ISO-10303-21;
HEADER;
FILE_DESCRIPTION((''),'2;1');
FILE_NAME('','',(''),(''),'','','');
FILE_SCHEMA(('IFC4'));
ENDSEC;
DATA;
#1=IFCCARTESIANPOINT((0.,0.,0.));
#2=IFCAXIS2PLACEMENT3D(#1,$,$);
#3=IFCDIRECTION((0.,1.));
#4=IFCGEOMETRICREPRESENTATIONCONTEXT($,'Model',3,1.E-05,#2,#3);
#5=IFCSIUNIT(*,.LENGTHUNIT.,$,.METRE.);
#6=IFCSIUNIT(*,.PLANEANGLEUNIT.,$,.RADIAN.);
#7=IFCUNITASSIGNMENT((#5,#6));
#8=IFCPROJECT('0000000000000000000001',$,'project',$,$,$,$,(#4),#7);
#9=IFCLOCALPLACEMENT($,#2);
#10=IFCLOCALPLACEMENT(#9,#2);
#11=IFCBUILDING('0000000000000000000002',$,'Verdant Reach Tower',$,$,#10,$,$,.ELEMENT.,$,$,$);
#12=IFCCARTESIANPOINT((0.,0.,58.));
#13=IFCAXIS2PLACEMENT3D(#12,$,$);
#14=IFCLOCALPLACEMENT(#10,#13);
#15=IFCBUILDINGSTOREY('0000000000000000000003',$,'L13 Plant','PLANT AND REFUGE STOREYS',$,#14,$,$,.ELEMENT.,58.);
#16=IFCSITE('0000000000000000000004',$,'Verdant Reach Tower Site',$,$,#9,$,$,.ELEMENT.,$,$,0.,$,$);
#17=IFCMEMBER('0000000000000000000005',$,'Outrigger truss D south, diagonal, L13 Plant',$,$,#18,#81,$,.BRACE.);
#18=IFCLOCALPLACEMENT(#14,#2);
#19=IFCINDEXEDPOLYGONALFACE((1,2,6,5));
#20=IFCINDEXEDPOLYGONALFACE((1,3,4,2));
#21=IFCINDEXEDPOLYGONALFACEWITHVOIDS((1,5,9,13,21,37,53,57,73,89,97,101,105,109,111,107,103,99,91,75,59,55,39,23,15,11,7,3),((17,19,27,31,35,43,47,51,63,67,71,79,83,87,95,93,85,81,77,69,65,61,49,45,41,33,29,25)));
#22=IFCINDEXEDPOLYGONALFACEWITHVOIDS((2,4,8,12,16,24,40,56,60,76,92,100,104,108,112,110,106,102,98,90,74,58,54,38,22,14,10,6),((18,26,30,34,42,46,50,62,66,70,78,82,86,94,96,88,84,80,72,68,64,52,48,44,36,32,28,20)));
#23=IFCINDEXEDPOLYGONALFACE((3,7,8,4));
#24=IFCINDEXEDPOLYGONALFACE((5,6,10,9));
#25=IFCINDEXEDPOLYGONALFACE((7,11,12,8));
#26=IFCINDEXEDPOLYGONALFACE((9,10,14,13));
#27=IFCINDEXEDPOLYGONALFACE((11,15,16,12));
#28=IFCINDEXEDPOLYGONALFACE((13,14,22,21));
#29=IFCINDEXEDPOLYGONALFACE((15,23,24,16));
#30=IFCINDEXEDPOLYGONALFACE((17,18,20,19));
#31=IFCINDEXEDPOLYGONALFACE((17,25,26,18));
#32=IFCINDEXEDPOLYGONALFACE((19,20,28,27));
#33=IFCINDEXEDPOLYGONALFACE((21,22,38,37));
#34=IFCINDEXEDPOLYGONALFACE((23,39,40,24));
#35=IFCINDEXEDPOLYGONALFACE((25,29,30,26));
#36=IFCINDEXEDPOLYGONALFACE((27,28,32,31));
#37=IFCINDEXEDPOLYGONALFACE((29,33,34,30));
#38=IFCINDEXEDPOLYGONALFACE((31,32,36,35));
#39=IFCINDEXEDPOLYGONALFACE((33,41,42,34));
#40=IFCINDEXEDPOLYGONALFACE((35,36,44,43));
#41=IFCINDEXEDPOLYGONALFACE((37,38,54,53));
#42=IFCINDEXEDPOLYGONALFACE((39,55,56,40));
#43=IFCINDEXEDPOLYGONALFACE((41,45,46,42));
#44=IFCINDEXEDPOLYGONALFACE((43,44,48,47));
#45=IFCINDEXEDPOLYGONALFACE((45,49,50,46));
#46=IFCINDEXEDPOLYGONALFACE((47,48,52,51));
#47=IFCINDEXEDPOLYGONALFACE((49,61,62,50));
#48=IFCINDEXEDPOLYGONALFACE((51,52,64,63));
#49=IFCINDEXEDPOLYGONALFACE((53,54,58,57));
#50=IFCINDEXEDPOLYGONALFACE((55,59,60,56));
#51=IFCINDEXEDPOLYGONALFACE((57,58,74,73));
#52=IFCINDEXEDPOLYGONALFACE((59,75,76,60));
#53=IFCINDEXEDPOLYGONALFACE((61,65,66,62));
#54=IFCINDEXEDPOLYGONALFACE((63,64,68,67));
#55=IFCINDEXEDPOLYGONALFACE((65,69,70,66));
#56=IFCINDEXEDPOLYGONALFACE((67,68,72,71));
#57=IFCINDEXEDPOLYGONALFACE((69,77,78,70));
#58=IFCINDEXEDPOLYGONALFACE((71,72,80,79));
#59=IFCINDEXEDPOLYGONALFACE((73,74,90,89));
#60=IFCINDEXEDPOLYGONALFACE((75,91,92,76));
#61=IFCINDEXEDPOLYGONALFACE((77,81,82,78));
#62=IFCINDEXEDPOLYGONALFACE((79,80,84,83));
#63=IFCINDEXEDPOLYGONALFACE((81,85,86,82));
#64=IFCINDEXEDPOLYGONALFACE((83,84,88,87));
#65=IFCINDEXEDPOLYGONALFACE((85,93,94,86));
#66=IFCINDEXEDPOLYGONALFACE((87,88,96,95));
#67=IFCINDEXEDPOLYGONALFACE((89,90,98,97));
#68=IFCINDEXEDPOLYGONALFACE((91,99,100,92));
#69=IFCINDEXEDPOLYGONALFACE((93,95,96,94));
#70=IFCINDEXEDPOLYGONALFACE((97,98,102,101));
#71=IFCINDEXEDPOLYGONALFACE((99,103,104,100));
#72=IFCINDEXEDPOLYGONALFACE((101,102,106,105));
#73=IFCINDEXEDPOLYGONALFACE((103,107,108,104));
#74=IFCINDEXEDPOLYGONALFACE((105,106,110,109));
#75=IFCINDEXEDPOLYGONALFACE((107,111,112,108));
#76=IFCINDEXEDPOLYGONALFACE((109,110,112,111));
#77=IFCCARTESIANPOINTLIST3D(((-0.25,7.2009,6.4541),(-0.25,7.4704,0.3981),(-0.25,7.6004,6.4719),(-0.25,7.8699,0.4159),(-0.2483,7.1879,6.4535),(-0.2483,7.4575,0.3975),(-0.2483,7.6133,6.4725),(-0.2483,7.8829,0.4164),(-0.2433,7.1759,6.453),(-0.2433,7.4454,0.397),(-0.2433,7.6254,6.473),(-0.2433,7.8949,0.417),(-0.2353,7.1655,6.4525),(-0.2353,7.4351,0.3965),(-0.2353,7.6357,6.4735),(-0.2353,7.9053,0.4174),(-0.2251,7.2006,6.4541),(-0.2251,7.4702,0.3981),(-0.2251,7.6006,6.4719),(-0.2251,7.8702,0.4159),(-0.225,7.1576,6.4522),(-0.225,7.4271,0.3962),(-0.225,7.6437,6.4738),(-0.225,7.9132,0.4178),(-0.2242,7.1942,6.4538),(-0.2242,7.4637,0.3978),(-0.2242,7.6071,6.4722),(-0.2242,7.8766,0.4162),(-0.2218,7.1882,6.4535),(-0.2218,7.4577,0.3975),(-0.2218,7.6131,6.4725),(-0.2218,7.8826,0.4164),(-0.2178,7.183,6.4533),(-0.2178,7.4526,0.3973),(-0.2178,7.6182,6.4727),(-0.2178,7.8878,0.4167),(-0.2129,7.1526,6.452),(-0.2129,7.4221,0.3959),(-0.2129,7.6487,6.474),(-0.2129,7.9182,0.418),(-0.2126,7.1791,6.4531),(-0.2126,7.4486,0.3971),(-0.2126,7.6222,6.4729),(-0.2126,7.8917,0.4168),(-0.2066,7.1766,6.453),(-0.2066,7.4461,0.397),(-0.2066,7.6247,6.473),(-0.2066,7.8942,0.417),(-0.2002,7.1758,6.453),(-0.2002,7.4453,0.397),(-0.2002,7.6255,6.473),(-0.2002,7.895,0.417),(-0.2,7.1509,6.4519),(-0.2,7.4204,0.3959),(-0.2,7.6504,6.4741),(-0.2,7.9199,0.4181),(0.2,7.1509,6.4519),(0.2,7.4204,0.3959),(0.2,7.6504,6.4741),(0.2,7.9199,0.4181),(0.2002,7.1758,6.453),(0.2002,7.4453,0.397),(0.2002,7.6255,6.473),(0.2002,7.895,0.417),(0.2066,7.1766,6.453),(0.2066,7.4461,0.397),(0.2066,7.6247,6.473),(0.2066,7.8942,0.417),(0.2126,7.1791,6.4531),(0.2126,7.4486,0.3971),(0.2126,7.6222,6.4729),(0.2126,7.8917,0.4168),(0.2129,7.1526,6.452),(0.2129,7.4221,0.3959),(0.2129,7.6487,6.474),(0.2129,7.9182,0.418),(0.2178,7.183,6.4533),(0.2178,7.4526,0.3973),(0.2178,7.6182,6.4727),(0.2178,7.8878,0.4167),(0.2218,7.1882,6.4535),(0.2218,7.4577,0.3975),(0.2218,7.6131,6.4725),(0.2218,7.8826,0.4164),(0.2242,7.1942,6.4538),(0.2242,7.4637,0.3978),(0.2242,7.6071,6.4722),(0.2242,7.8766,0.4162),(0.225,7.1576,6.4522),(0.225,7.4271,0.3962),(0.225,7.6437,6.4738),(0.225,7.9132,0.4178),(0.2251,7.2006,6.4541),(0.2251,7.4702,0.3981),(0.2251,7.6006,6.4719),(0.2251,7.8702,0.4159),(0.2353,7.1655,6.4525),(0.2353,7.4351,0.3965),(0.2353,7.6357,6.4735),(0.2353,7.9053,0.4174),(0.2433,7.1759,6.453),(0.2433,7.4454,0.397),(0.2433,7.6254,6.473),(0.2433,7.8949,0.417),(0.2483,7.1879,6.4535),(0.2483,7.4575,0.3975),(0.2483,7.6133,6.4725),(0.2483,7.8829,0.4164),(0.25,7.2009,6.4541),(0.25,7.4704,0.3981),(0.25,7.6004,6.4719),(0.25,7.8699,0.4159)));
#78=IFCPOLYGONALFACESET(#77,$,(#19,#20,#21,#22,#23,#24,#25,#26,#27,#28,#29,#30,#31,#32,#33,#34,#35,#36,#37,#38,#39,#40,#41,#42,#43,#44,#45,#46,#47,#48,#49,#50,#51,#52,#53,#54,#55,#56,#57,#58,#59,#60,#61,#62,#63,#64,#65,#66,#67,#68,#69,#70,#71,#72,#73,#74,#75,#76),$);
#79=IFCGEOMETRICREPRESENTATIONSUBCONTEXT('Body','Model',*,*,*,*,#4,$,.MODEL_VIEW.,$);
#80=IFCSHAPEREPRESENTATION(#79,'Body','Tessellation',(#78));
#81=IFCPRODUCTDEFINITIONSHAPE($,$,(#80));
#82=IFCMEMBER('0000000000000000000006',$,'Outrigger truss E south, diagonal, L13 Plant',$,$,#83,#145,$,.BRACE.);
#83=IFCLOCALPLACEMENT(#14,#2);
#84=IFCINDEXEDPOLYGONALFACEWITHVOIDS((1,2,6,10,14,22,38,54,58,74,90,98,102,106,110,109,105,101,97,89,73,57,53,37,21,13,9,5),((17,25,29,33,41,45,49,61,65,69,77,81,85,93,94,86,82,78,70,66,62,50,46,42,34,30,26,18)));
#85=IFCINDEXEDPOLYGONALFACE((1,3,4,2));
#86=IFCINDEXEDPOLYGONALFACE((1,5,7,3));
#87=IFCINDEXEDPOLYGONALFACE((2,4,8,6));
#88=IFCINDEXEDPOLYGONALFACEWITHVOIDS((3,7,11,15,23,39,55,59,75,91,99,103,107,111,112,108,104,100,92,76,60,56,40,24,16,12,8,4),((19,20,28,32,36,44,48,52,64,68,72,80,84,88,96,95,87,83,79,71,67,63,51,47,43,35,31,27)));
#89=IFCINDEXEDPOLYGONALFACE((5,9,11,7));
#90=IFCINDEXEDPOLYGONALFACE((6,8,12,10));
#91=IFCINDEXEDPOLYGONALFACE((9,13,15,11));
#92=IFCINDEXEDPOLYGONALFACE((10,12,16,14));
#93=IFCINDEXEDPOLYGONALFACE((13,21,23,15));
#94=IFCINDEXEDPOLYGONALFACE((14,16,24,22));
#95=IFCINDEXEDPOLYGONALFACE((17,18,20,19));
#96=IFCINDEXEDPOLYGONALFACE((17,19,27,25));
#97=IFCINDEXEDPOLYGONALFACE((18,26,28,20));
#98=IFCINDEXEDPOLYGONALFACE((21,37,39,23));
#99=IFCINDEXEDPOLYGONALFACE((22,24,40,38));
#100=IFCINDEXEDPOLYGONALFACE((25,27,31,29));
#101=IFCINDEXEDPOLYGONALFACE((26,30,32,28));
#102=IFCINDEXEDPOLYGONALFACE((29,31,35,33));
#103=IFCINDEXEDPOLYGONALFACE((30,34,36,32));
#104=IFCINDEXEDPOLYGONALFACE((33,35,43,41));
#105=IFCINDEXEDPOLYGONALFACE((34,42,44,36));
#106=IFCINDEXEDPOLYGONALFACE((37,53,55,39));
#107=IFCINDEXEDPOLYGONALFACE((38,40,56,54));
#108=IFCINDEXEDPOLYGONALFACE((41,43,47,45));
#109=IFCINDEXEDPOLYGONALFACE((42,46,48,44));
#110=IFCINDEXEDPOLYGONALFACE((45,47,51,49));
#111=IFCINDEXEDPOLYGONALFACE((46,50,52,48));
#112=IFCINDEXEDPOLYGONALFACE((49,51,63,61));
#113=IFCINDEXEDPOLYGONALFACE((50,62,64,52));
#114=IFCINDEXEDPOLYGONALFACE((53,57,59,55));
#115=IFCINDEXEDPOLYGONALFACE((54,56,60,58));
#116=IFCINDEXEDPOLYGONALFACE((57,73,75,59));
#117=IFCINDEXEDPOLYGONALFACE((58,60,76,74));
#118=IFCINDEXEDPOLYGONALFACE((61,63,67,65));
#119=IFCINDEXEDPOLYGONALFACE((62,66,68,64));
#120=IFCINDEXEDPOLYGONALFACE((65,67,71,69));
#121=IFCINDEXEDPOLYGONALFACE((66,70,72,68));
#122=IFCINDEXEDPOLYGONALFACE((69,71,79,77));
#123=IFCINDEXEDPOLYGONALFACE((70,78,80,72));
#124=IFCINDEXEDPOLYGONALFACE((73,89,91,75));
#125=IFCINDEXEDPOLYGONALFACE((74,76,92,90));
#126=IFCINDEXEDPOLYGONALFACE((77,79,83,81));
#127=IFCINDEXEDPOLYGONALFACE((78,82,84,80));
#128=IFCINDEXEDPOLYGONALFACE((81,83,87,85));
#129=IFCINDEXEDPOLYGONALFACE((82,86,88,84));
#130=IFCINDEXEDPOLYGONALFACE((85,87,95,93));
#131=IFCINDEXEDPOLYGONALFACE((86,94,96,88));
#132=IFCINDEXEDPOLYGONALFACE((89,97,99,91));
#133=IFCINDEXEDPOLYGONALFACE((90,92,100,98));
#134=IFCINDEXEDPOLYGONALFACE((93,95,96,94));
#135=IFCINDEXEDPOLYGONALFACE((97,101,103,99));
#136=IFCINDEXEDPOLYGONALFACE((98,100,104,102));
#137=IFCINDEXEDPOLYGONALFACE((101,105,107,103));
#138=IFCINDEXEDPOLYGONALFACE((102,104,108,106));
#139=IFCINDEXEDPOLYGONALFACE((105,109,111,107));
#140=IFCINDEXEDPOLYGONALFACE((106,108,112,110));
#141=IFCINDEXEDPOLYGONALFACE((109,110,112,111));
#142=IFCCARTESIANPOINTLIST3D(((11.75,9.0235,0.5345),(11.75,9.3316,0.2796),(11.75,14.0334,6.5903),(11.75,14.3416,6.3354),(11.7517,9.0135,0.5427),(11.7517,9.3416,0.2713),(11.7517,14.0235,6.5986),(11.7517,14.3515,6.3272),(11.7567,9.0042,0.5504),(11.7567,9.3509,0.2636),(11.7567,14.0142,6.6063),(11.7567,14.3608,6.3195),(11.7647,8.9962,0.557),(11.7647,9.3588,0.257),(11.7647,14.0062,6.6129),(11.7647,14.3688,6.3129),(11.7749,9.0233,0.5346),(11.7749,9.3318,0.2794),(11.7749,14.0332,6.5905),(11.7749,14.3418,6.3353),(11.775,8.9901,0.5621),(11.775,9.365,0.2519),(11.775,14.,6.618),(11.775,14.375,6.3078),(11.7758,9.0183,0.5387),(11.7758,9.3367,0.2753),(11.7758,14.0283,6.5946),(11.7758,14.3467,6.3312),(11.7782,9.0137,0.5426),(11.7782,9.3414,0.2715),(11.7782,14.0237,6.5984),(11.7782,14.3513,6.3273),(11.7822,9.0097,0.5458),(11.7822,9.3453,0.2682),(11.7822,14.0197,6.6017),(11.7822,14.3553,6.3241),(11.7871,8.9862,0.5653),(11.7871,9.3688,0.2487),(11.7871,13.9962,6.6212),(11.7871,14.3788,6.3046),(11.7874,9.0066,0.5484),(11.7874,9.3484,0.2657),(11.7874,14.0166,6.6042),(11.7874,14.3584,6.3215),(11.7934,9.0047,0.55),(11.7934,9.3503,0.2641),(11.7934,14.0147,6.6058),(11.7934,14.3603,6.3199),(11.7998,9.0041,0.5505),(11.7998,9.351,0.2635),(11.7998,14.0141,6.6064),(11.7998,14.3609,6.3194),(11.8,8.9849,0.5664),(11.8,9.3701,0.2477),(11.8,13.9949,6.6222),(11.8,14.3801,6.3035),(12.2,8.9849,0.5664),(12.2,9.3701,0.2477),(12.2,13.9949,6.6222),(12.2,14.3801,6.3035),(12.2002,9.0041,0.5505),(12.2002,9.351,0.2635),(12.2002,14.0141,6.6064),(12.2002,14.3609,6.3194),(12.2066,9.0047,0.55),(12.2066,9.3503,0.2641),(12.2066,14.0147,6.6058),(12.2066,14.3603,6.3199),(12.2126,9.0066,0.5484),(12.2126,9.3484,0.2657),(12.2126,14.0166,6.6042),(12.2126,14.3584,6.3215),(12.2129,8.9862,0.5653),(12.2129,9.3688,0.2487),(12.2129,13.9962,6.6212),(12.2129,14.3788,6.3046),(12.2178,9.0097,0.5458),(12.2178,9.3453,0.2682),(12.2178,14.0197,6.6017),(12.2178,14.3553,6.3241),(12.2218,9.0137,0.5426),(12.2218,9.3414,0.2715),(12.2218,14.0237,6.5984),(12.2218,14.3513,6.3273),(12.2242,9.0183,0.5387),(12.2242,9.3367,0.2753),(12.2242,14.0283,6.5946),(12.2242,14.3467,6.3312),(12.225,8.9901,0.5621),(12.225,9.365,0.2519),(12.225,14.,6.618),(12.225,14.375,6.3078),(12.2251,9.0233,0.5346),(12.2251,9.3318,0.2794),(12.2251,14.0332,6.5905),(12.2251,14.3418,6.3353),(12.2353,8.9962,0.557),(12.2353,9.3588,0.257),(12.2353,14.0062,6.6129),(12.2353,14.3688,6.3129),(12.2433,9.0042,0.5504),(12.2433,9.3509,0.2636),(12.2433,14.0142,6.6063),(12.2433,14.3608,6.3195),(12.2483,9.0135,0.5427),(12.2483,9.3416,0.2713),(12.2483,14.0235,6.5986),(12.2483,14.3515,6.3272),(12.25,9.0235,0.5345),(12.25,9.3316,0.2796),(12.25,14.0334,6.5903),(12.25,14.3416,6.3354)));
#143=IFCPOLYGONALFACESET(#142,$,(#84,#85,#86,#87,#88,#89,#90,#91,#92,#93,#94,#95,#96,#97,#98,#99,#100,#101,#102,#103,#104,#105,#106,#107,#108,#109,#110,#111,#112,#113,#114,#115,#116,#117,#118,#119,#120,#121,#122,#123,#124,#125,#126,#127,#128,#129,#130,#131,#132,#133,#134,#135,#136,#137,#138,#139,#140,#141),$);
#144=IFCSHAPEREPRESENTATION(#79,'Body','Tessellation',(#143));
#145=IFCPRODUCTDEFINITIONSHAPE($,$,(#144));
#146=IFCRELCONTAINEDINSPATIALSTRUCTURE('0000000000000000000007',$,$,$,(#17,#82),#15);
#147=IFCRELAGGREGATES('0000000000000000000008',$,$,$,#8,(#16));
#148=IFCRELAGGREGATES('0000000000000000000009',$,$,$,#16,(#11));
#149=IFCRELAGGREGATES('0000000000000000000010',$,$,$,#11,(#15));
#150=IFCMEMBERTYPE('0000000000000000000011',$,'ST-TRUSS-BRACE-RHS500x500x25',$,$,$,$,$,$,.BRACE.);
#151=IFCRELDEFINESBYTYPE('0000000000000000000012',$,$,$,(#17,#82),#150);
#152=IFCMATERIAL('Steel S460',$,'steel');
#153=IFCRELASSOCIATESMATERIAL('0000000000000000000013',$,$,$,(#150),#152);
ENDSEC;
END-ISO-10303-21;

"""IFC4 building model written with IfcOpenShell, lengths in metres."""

from ifc_helpers import new_model, si_unit, direction, frame, origin, origin_2d, place, context, subcontext, project, spatial, hollow_rectangle, extrude, material, material_profile, profile_set, type_object, element, save


model = new_model("IFC4")

# Units and contexts
model_context = context("Model", 3, precision=1e-05, world=origin(), true_north=direction((0.0, 1.0)))
body_context = subcontext(model_context, "Body", "Model", "MODEL_VIEW")
ifc_project = project(units=[si_unit("LENGTHUNIT", "METRE"), si_unit("PLANEANGLEUNIT", "RADIAN")], contexts=[model_context])

# Site, building, storey
site_placement = place(None, origin())
site = spatial("IfcSite", under=ifc_project, at=site_placement, Name="Verdant Reach Tower Site", CompositionType="ELEMENT", RefElevation=0.0)
building_placement = place(site_placement, origin())
building = spatial("IfcBuilding", under=site, at=building_placement, Name="Verdant Reach Tower", CompositionType="ELEMENT")
storey_placement = place(building_placement, frame((0.0, 0.0, 58.0)))
storey = spatial("IfcBuildingStorey", under=building, at=storey_placement, Name="L13 Plant", Description="PLANT AND REFUGE STOREYS", CompositionType="ELEMENT", Elevation=58.0)

# Shared definitions
ifc_material_1 = material(Name="Steel S460", Category="steel")

# Members
ifc_material_profile_1 = material_profile(ifc_material_1, hollow_rectangle(XDim=0.5, YDim=0.5, WallThickness=0.0249, InnerFilletRadius=0.0249, OuterFilletRadius=0.05, at=origin_2d()), Name="RHS 500x500x25")
ifc_profile_set_1 = profile_set([ifc_material_profile_1], Name="Steel S460")
member_type_1 = type_object("IfcMemberType", Name="ST-TRUSS-BRACE-RHS500x500x25", PredefinedType="BRACE", material=ifc_profile_set_1)
member_1_placement = place(storey_placement, frame((0.0, 7.6702, 0.407), z_axis=(0.0, -0.044463, 0.999011), x_axis=(1.0, 0.0, 0.0)))
element("IfcMember", 1, at=member_1_placement, inside=storey, type_object=member_type_1, Name="Outrigger truss D south, diagonal, L13 Plant", PredefinedType="BRACE", context=body_context, shape_type="SweptSolid", body=[
    extrude(hollow_rectangle(XDim=0.5, YDim=0.5, WallThickness=0.0249, InnerFilletRadius=0.0249, OuterFilletRadius=0.05, at=origin_2d()), origin(), (0.0, 0.0, 1.0), 6.062),
])
member_2_placement = place(storey_placement, frame((12.0, 14.1875, 6.4629), z_axis=(0.0, -0.637434, -0.770505), x_axis=(1.0, 0.0, 0.0)))
element("IfcMember", 2, at=member_2_placement, inside=storey, type_object=member_type_1, Name="Outrigger truss E south, diagonal, L13 Plant", PredefinedType="BRACE", context=body_context, shape_type="SweptSolid", body=[
    extrude(hollow_rectangle(XDim=0.5, YDim=0.5, WallThickness=0.0249, InnerFilletRadius=0.0249, OuterFilletRadius=0.05, at=origin_2d()), origin(), (0.0, 0.0, 1.0), 7.8596),
])

save(model, "model.ifc")
